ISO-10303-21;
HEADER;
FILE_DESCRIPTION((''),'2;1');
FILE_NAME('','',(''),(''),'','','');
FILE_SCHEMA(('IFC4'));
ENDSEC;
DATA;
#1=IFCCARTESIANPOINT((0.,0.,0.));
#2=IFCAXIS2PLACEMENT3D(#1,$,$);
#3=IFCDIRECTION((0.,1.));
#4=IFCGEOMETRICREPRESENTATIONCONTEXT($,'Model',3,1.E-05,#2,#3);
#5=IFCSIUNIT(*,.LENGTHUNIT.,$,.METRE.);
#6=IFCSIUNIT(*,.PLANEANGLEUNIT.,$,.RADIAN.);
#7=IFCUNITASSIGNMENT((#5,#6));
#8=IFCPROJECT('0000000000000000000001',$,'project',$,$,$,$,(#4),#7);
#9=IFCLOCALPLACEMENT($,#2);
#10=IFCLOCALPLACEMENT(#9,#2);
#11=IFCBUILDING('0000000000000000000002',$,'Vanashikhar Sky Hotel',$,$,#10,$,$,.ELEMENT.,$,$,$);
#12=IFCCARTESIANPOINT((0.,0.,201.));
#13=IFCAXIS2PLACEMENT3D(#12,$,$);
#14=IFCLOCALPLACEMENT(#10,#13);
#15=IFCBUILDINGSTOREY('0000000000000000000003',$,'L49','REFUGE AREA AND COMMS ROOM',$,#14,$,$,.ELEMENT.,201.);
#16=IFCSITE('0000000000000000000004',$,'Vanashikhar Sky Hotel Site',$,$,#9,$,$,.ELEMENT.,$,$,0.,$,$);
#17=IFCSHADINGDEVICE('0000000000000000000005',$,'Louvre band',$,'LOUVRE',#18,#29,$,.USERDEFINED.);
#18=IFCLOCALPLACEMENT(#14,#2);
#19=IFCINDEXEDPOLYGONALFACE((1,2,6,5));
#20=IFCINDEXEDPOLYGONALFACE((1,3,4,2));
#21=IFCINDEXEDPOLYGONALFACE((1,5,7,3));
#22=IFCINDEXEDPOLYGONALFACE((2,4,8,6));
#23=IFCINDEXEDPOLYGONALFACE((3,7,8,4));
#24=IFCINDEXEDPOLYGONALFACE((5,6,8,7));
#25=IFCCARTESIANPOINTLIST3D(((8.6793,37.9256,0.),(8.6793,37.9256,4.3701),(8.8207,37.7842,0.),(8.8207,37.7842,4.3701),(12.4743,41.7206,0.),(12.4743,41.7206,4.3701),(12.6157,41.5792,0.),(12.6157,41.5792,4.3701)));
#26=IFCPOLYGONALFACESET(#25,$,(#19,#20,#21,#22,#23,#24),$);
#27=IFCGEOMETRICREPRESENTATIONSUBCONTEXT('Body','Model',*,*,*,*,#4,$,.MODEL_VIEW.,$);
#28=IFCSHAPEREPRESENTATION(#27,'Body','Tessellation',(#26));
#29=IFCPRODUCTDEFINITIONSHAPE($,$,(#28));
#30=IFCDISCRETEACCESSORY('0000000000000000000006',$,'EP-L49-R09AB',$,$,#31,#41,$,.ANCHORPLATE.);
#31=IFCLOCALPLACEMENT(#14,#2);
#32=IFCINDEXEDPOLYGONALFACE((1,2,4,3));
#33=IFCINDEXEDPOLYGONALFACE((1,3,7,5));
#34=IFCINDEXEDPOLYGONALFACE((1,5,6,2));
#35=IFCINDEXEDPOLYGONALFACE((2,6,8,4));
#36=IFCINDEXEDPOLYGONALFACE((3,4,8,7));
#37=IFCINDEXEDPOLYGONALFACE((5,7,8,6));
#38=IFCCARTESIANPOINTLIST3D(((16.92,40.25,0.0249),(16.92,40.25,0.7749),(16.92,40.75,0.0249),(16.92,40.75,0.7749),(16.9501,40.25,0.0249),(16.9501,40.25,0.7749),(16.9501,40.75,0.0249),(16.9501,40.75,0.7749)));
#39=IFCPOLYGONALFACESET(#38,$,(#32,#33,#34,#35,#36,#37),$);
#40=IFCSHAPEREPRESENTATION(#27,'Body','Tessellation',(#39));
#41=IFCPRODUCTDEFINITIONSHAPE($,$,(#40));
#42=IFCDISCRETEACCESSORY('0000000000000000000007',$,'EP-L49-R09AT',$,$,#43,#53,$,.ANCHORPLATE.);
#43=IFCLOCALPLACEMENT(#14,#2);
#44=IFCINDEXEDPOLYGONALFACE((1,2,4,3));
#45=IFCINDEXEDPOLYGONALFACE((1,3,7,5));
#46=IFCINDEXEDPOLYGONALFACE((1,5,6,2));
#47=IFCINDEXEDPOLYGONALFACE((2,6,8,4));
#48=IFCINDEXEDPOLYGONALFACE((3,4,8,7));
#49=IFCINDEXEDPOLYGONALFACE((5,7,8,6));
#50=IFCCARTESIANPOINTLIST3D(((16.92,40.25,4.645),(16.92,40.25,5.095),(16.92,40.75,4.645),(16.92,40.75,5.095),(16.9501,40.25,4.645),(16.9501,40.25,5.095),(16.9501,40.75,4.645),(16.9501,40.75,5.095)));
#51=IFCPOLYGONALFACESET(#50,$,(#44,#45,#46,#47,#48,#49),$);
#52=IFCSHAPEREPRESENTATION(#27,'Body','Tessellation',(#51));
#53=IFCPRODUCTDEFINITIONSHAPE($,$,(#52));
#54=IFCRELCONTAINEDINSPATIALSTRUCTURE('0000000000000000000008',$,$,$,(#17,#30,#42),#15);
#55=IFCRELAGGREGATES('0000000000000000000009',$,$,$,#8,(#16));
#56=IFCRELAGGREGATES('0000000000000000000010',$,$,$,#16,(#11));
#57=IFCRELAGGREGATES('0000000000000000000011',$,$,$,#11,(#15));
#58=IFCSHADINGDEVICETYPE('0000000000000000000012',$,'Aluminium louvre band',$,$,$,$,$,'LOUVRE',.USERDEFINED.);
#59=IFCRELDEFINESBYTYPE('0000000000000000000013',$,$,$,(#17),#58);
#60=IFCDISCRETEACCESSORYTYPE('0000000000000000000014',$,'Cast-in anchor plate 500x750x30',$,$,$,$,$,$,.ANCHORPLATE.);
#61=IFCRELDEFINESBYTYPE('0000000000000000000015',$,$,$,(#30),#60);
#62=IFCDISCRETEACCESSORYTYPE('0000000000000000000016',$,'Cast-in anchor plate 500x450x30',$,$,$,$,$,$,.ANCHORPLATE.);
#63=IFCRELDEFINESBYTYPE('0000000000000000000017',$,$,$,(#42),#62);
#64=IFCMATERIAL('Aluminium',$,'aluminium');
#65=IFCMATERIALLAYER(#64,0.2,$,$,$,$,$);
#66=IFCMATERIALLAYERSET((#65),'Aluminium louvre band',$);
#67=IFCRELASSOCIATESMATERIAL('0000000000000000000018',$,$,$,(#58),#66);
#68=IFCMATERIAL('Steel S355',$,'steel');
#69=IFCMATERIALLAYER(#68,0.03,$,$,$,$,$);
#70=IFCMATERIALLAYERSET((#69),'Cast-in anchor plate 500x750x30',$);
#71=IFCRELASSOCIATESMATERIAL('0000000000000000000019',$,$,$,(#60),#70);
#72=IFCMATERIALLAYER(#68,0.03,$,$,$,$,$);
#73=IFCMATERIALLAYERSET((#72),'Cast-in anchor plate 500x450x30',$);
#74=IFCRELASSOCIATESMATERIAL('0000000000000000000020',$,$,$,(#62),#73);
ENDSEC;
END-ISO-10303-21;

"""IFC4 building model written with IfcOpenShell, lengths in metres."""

from ifc_helpers import new_model, si_unit, direction, frame, origin, origin_2d, place, context, subcontext, project, spatial, rectangle, extrude, source, transform, mapped, material, layer, layer_set, type_object, element, save


model = new_model("IFC4")

# Units and contexts
model_context = context("Model", 3, precision=1e-05, world=origin(), true_north=direction((0.0, 1.0)))
body_context = subcontext(model_context, "Body", "Model", "MODEL_VIEW")
ifc_project = project(units=[si_unit("LENGTHUNIT", "METRE"), si_unit("PLANEANGLEUNIT", "RADIAN")], contexts=[model_context])

# Site, building, storey
site_placement = place(None, origin())
site = spatial("IfcSite", under=ifc_project, at=site_placement, Name="Vanashikhar Sky Hotel Site", CompositionType="ELEMENT", RefElevation=0.0)
building_placement = place(site_placement, origin())
building = spatial("IfcBuilding", under=site, at=building_placement, Name="Vanashikhar Sky Hotel", CompositionType="ELEMENT")
storey_placement = place(building_placement, frame((0.0, 0.0, 201.0)))
storey = spatial("IfcBuildingStorey", under=building, at=storey_placement, Name="L49", Description="REFUGE AREA AND COMMS ROOM", CompositionType="ELEMENT", Elevation=201.0)

# Shared definitions
ifc_material_1 = material(Name="Steel S355", Category="steel")

# Shading device
ifc_material_2 = material(Name="Aluminium", Category="aluminium")
ifc_layer_1 = layer(ifc_material_2, 0.2)
ifc_layer_set_1 = layer_set([ifc_layer_1], Name="Aluminium louvre band")
shading_device_type = type_object("IfcShadingDeviceType", Name="Aluminium louvre band", ElementType="LOUVRE", PredefinedType="USERDEFINED", material=ifc_layer_set_1)
shared_shape_1 = source(origin(), body_context, "Body", "SweptSolid", [
    extrude(rectangle(XDim=5.3669, YDim=0.2, at=origin_2d()), origin(), (0.0, 0.0, 1.0), 4.3701),
])
shading_device_placement = place(storey_placement, frame((10.6475, 39.7524, 0.0), z_axis=(0.0, 0.0, 1.0), x_axis=(-0.707107, -0.707107, 0.0)))
element("IfcShadingDevice", 1, at=shading_device_placement, inside=storey, type_object=shading_device_type, Name="Louvre band", ObjectType="LOUVRE", PredefinedType="USERDEFINED", context=body_context, shape_type="MappedRepresentation", body=[
    mapped(shared_shape_1, transform((0.0, 0.0, 0.0), scale=1.0)),
])

# Discrete accessories
ifc_layer_2 = layer(ifc_material_1, 0.03)
ifc_layer_set_2 = layer_set([ifc_layer_2], Name="Cast-in anchor plate 500x750x30")
discrete_accessory_type_1 = type_object("IfcDiscreteAccessoryType", Name="Cast-in anchor plate 500x750x30", PredefinedType="ANCHORPLATE", material=ifc_layer_set_2)
shared_shape_2 = source(origin(), body_context, "Body", "SweptSolid", [
    extrude(rectangle(XDim=0.03, YDim=0.5, at=origin_2d()), origin(), (0.0, 0.0, 1.0), 0.75),
])
discrete_accessory_1_placement = place(storey_placement, frame((16.9351, 40.5, 0.0249), z_axis=(0.0, 0.0, 1.0), x_axis=(1.0, 0.0, 0.0)))
element("IfcDiscreteAccessory", 2, at=discrete_accessory_1_placement, inside=storey, type_object=discrete_accessory_type_1, Name="EP-L49-R09AB", PredefinedType="ANCHORPLATE", context=body_context, shape_type="MappedRepresentation", body=[
    mapped(shared_shape_2, transform((0.0, 0.0, 0.0), scale=1.0)),
])
ifc_layer_3 = layer(ifc_material_1, 0.03)
ifc_layer_set_3 = layer_set([ifc_layer_3], Name="Cast-in anchor plate 500x450x30")
discrete_accessory_type_2 = type_object("IfcDiscreteAccessoryType", Name="Cast-in anchor plate 500x450x30", PredefinedType="ANCHORPLATE", material=ifc_layer_set_3)
shared_shape_3 = source(origin(), body_context, "Body", "SweptSolid", [
    extrude(rectangle(XDim=0.03, YDim=0.5, at=origin_2d()), origin(), (0.0, 0.0, 1.0), 0.45),
])
discrete_accessory_2_placement = place(storey_placement, frame((16.9351, 40.5, 4.645), z_axis=(0.0, 0.0, 1.0), x_axis=(1.0, 0.0, 0.0)))
element("IfcDiscreteAccessory", 3, at=discrete_accessory_2_placement, inside=storey, type_object=discrete_accessory_type_2, Name="EP-L49-R09AT", PredefinedType="ANCHORPLATE", context=body_context, shape_type="MappedRepresentation", body=[
    mapped(shared_shape_3, transform((0.0, 0.0, 0.0), scale=1.0)),
])

save(model, "model.ifc")
